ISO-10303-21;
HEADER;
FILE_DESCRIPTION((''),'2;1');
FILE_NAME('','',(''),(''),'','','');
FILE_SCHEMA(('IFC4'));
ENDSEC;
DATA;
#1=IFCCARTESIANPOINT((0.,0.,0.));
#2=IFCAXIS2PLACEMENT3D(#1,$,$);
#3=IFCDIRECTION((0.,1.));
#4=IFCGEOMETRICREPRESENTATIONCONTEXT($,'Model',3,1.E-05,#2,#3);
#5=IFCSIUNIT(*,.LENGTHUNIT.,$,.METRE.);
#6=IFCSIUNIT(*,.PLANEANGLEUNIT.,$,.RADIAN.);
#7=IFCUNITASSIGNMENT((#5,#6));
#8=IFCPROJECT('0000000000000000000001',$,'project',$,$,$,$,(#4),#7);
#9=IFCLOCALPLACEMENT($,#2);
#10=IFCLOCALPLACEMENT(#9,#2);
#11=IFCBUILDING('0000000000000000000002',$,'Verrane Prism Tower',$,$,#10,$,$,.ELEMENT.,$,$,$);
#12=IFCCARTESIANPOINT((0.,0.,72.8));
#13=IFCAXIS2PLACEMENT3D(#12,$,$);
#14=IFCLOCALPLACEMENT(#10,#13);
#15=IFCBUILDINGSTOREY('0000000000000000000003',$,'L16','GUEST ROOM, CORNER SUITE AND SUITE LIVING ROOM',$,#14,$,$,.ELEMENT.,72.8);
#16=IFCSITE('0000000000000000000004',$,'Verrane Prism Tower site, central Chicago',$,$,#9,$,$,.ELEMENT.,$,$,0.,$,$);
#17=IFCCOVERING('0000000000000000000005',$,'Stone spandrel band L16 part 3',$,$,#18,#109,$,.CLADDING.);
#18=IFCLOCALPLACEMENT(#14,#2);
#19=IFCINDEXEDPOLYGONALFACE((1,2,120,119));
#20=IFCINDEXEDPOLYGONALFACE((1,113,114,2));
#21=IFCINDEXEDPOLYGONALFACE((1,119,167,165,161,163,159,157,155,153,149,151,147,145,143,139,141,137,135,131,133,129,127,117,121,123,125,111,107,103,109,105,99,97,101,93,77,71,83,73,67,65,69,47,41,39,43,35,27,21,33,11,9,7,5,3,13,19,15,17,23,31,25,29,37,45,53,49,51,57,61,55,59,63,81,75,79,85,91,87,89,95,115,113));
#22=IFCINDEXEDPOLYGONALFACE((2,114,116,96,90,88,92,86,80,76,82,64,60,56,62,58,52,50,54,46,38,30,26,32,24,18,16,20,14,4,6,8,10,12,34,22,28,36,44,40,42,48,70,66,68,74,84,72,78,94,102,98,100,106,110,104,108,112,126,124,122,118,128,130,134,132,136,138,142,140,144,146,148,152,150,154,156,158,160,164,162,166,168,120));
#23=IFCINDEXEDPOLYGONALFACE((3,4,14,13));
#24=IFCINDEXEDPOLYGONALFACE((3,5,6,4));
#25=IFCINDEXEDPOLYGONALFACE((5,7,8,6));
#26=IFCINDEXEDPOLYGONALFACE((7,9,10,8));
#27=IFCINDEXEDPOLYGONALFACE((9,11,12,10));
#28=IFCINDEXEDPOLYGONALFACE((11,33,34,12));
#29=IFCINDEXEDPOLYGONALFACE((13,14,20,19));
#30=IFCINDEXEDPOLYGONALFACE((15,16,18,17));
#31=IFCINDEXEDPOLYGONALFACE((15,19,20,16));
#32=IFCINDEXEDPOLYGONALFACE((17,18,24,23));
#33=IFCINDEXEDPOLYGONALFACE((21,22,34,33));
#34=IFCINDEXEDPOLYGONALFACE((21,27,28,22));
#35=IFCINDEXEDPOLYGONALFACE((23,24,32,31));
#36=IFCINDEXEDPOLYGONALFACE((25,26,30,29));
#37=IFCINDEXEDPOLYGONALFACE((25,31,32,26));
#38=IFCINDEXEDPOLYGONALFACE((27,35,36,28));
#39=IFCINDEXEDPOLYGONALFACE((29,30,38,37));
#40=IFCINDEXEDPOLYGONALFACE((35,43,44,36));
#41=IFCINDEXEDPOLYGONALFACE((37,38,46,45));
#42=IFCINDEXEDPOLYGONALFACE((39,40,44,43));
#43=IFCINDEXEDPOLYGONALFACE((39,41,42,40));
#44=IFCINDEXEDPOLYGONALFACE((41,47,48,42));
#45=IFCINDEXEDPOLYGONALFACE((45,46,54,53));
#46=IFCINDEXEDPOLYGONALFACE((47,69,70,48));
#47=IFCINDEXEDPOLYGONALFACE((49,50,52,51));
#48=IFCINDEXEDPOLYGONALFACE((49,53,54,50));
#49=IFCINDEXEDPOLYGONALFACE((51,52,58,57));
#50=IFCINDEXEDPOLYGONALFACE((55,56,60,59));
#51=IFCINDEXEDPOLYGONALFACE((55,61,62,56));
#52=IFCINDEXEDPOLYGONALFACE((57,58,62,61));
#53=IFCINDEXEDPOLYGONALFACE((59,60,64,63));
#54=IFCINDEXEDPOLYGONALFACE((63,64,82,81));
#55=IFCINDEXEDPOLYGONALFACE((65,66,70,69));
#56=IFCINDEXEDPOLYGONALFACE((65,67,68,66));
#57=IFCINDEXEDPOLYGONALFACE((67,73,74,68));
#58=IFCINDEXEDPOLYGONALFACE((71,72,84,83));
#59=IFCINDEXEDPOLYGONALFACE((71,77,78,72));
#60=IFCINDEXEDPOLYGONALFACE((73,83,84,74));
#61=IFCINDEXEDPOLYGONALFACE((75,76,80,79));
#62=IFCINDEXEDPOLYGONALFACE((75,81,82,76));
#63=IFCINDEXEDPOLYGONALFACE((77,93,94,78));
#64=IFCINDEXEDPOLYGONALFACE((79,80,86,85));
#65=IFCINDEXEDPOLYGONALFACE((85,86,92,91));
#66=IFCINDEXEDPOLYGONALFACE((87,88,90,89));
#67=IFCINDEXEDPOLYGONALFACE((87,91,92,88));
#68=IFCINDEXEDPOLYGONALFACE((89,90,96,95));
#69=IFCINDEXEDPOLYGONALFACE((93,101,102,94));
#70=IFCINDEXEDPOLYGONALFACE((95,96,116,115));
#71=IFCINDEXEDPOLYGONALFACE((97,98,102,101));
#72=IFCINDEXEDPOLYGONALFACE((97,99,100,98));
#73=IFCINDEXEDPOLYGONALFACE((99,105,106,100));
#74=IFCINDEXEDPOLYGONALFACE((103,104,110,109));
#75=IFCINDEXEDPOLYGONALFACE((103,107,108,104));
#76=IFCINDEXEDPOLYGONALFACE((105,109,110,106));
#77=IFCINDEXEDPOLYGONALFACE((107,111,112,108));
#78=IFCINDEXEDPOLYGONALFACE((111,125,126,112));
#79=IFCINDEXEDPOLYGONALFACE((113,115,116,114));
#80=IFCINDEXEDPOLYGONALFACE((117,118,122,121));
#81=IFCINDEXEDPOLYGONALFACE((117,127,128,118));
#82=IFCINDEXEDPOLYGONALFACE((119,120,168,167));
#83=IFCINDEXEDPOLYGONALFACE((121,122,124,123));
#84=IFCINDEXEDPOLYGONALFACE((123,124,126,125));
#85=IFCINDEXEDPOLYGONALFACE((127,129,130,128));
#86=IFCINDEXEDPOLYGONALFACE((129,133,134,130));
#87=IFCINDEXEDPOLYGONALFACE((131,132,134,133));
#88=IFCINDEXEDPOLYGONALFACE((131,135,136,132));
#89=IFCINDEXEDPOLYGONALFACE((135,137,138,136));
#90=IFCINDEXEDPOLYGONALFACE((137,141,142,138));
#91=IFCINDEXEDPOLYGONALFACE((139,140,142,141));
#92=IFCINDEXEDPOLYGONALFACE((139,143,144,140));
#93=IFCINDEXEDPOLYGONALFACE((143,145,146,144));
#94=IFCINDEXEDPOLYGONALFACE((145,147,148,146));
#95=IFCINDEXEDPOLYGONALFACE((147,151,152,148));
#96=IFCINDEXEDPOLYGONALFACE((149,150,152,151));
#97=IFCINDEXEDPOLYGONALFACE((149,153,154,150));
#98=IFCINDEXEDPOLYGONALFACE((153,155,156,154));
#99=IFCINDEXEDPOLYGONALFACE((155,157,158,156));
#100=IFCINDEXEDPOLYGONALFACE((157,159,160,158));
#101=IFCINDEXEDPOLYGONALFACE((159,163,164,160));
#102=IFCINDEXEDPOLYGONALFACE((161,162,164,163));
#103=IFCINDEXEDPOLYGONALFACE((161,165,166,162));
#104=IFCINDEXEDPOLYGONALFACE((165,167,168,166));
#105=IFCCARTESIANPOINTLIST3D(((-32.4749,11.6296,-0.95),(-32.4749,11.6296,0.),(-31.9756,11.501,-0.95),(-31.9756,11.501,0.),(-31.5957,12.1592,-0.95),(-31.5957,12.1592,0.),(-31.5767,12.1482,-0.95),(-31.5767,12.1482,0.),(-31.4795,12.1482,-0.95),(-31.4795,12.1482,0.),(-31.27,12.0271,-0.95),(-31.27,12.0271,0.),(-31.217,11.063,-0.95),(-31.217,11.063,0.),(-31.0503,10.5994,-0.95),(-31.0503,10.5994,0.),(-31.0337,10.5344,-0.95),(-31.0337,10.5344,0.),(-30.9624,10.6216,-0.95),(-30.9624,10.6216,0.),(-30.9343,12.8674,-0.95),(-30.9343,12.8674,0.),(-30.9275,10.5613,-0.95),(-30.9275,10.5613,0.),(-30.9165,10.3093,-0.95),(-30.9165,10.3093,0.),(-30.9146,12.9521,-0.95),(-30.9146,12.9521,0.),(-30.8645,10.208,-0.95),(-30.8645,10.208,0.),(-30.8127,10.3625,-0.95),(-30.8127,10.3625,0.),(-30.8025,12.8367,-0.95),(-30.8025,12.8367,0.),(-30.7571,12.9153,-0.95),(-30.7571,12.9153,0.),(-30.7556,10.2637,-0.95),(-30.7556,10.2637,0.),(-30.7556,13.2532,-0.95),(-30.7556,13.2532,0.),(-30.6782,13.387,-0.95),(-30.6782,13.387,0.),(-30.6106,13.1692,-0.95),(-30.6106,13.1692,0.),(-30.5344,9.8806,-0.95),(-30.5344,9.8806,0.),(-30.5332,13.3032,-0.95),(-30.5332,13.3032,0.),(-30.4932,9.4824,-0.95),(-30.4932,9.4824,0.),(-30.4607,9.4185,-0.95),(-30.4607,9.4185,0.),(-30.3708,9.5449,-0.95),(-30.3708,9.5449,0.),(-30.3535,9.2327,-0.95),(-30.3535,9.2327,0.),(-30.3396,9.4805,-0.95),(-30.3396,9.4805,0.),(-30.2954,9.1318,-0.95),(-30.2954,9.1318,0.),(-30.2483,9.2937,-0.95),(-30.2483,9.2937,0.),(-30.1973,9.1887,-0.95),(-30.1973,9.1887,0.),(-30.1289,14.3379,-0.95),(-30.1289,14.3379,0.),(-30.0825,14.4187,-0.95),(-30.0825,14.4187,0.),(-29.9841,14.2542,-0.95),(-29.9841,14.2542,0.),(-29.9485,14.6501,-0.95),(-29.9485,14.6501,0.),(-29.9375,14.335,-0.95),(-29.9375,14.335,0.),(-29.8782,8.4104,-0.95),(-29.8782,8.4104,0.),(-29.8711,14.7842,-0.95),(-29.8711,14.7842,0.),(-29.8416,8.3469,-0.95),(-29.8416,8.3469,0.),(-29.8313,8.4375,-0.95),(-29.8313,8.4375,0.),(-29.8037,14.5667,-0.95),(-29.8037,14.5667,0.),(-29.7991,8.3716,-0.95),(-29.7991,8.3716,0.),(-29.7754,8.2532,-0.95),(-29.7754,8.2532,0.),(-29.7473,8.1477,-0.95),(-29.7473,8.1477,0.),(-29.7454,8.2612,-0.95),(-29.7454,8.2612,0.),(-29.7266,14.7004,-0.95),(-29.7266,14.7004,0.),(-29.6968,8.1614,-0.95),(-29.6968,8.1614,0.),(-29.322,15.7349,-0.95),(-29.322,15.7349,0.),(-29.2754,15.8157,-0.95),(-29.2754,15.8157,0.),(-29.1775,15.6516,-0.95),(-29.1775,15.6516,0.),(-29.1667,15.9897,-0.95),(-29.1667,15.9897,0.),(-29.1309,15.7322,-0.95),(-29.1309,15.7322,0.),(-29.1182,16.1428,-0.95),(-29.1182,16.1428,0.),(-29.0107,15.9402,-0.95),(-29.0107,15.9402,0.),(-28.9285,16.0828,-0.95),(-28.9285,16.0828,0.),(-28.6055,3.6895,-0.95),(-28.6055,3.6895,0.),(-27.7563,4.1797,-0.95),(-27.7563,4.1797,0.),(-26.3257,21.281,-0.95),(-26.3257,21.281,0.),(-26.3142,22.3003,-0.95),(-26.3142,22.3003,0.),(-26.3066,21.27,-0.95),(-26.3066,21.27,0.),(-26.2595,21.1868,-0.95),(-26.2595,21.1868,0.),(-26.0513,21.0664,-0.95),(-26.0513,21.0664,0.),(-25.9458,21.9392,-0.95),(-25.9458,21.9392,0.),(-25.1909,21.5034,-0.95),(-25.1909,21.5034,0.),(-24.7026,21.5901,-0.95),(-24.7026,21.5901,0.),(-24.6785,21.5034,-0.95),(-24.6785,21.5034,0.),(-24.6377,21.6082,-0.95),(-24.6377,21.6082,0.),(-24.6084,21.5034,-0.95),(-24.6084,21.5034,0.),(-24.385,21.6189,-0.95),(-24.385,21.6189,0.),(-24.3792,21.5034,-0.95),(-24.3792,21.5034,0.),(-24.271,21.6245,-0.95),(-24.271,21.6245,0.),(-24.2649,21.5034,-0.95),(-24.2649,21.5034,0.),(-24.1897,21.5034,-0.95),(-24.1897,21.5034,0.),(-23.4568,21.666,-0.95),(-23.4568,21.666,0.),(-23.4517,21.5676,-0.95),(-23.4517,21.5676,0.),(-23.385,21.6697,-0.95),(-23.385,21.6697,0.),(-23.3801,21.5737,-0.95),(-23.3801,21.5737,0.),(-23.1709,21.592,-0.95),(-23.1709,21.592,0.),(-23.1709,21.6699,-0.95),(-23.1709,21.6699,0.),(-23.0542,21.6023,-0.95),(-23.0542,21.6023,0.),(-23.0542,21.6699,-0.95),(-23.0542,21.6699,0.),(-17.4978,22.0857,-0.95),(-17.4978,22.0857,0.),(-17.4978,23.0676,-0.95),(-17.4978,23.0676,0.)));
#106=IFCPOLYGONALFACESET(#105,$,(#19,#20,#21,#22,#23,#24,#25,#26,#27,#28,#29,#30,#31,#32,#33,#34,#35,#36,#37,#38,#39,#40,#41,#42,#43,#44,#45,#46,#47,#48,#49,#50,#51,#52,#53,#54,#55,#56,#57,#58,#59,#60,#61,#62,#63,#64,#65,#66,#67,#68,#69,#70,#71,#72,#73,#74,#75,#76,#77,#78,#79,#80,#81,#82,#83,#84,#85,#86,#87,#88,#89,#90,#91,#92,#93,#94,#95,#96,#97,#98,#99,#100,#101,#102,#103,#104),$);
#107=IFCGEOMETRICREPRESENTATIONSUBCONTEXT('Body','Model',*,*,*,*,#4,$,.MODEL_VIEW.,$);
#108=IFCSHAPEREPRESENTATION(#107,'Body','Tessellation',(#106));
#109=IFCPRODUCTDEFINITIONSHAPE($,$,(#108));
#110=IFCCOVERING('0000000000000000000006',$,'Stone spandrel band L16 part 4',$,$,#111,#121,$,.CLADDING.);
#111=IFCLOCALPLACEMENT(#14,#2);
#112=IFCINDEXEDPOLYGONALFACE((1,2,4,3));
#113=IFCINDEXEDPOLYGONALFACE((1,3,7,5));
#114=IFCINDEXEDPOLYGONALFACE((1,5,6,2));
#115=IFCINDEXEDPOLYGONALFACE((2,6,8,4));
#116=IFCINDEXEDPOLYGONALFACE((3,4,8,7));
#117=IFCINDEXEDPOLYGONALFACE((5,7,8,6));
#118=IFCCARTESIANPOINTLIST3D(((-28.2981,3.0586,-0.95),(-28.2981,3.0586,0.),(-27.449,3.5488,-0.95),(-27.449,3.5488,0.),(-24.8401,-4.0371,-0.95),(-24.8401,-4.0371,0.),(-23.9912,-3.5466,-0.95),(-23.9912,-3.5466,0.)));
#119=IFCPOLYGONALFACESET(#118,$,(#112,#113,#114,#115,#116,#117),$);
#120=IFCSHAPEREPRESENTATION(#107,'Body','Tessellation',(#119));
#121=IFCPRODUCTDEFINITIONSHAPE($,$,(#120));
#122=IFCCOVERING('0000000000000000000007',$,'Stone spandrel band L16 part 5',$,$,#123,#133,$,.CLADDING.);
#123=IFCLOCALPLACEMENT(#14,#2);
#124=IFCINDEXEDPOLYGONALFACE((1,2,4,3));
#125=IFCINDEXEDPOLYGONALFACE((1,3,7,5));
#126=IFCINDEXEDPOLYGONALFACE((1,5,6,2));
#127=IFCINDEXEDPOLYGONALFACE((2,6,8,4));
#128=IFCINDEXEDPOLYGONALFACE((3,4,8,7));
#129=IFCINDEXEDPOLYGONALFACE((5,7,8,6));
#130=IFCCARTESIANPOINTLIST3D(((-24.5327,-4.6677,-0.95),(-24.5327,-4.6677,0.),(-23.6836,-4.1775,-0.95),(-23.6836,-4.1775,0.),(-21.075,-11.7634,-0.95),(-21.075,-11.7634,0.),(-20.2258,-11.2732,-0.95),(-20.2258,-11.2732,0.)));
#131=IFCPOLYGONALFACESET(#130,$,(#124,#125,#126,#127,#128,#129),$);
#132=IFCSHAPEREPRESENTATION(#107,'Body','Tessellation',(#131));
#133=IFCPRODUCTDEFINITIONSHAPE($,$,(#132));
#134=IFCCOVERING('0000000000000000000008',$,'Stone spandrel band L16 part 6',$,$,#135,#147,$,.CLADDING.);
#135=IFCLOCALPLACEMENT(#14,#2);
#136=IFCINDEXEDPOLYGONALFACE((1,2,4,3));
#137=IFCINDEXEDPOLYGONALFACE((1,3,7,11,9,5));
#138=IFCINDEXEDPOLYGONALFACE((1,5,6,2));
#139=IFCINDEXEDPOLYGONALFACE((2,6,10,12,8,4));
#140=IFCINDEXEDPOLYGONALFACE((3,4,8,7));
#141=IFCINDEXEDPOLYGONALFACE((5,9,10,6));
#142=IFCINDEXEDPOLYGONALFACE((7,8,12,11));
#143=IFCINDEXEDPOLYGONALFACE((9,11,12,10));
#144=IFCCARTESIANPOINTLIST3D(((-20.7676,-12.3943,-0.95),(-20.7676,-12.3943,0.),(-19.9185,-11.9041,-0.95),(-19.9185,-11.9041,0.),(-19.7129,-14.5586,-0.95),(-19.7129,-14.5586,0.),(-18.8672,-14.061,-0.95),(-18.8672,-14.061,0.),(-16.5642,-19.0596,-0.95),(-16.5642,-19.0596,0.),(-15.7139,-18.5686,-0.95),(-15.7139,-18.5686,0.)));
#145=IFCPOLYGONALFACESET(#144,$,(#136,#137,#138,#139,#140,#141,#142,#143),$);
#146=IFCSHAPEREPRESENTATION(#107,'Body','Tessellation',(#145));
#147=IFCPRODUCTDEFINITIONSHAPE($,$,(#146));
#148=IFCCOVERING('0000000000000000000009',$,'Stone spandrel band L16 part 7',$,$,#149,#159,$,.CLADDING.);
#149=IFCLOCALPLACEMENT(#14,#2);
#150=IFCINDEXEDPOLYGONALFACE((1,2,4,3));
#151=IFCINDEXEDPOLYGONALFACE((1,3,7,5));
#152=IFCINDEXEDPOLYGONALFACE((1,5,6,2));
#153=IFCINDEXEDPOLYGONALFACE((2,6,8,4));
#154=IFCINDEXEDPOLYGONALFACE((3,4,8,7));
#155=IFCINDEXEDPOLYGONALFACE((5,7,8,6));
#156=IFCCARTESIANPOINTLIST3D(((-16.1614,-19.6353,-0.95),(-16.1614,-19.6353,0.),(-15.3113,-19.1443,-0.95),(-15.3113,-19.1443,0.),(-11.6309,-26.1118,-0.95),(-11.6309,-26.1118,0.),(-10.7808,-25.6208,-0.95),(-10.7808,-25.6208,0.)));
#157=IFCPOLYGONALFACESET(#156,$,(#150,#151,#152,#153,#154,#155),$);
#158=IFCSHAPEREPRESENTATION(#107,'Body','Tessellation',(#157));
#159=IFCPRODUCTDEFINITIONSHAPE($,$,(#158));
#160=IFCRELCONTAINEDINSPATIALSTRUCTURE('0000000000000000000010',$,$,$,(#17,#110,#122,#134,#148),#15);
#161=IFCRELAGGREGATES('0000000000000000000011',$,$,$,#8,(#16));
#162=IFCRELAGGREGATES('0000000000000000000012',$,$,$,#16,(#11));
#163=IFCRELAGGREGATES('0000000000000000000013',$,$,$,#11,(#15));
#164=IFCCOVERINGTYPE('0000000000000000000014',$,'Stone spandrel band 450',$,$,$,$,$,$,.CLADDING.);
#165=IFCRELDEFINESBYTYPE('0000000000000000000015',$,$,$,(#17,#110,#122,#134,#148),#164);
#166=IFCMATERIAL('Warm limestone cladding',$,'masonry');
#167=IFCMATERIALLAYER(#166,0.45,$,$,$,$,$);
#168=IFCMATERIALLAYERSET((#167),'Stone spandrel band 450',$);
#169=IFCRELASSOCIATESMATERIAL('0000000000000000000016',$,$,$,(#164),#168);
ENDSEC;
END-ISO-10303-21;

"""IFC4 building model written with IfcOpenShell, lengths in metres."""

from ifc_helpers import new_model, si_unit, direction, frame, origin, place, context, subcontext, project, spatial, polyline, outline, extrude, material, layer, layer_set, type_object, element, save


model = new_model("IFC4")

# Units and contexts
model_context = context("Model", 3, precision=1e-05, world=origin(), true_north=direction((0.0, 1.0)))
body_context = subcontext(model_context, "Body", "Model", "MODEL_VIEW")
ifc_project = project(units=[si_unit("LENGTHUNIT", "METRE"), si_unit("PLANEANGLEUNIT", "RADIAN")], contexts=[model_context])

# Site, building, storey
site_placement = place(None, origin())
site = spatial("IfcSite", under=ifc_project, at=site_placement, Name="Verrane Prism Tower site, central Chicago", CompositionType="ELEMENT", RefElevation=0.0)
building_placement = place(site_placement, origin())
building = spatial("IfcBuilding", under=site, at=building_placement, Name="Verrane Prism Tower", CompositionType="ELEMENT")
storey_placement = place(building_placement, frame((0.0, 0.0, 72.8)))
storey = spatial("IfcBuildingStorey", under=building, at=storey_placement, Name="L16", Description="GUEST ROOM, CORNER SUITE AND SUITE LIVING ROOM", CompositionType="ELEMENT", Elevation=72.8)

# Coverings
ifc_material_1 = material(Name="Warm limestone cladding", Category="masonry")
ifc_layer_1 = layer(ifc_material_1, 0.45)
ifc_layer_set_1 = layer_set([ifc_layer_1], Name="Stone spandrel band 450")
covering_type_1 = type_object("IfcCoveringType", Name="Stone spandrel band 450", PredefinedType="CLADDING", material=ifc_layer_set_1)
covering_1_placement = place(storey_placement, frame((0.0, 0.0, -0.95)))
element("IfcCovering", 1, at=covering_1_placement, inside=storey, type_object=covering_type_1, Name="Stone spandrel band L16 part 3", PredefinedType="CLADDING", context=body_context, shape_type="SweptSolid", body=[
    extrude(outline(polyline([(-32.4749, 11.6296), (-28.6055, 3.6895), (-27.7563, 4.1797), (-29.6968, 8.1614), (-29.7473, 8.1477), (-29.7754, 8.2532), (-29.7454, 8.2612), (-29.7991, 8.3716), (-29.8416, 8.3469), (-29.8782, 8.4104), (-29.8313, 8.4375), (-30.1973, 9.1887), (-30.2954, 9.1318), (-30.3535, 9.2327), (-30.2483, 9.2937), (-30.3396, 9.4805), (-30.4607, 9.4185), (-30.4932, 9.4824), (-30.3708, 9.5449), (-30.5344, 9.8806), (-30.7556, 10.2637), (-30.8645, 10.208), (-30.9165, 10.3093), (-30.8127, 10.3625), (-30.9275, 10.5613), (-31.0337, 10.5344), (-31.0503, 10.5994), (-30.9624, 10.6216), (-31.217, 11.063), (-31.9756, 11.501), (-31.5957, 12.1592), (-31.5767, 12.1482), (-31.4795, 12.1482), (-31.27, 12.0271), (-30.8025, 12.8367), (-30.9343, 12.8674), (-30.9146, 12.9521), (-30.7571, 12.9153), (-30.6106, 13.1692), (-30.7556, 13.2532), (-30.6782, 13.387), (-30.5332, 13.3032), (-29.9841, 14.2542), (-30.1289, 14.3379), (-30.0825, 14.4187), (-29.9375, 14.335), (-29.8037, 14.5667), (-29.9485, 14.6501), (-29.8711, 14.7842), (-29.7266, 14.7004), (-29.1775, 15.6516), (-29.322, 15.7349), (-29.2754, 15.8157), (-29.1309, 15.7322), (-29.0107, 15.9402), (-29.1667, 15.9897), (-29.1182, 16.1428), (-28.9285, 16.0828), (-26.0513, 21.0664), (-26.2595, 21.1868), (-26.3066, 21.27), (-26.3257, 21.281), (-25.9458, 21.9392), (-25.1909, 21.5034), (-24.6785, 21.5034), (-24.7026, 21.5901), (-24.6377, 21.6082), (-24.6084, 21.5034), (-24.3792, 21.5034), (-24.385, 21.6189), (-24.271, 21.6245), (-24.2649, 21.5034), (-24.1897, 21.5034), (-23.4517, 21.5676), (-23.4568, 21.666), (-23.385, 21.6697), (-23.3801, 21.5737), (-23.1709, 21.592), (-23.1709, 21.6699), (-23.0542, 21.6699), (-23.0542, 21.6023), (-17.4978, 22.0857), (-17.4978, 23.0676), (-26.3142, 22.3003), (-32.4749, 11.6296)])), origin(), (0.0, 0.0, 1.0), 0.95),
])
covering_2_placement = place(storey_placement, frame((0.0, 0.0, -0.95)))
element("IfcCovering", 2, at=covering_2_placement, inside=storey, type_object=covering_type_1, Name="Stone spandrel band L16 part 4", PredefinedType="CLADDING", context=body_context, shape_type="SweptSolid", body=[
    extrude(outline(polyline([(-23.9912, -3.5466), (-27.449, 3.5488), (-28.2981, 3.0586), (-24.8401, -4.0371), (-23.9912, -3.5466)])), origin(), (0.0, 0.0, 1.0), 0.95),
])
covering_3_placement = place(storey_placement, frame((0.0, 0.0, -0.95)))
element("IfcCovering", 3, at=covering_3_placement, inside=storey, type_object=covering_type_1, Name="Stone spandrel band L16 part 5", PredefinedType="CLADDING", context=body_context, shape_type="SweptSolid", body=[
    extrude(outline(polyline([(-24.5327, -4.6677), (-21.075, -11.7634), (-20.2258, -11.2732), (-23.6836, -4.1775), (-24.5327, -4.6677)])), origin(), (0.0, 0.0, 1.0), 0.95),
])
covering_4_placement = place(storey_placement, frame((0.0, 0.0, -0.95)))
element("IfcCovering", 4, at=covering_4_placement, inside=storey, type_object=covering_type_1, Name="Stone spandrel band L16 part 6", PredefinedType="CLADDING", context=body_context, shape_type="SweptSolid", body=[
    extrude(outline(polyline([(-19.7129, -14.5586), (-16.5642, -19.0596), (-15.7139, -18.5686), (-18.8672, -14.061), (-19.9185, -11.9041), (-20.7676, -12.3943), (-19.7129, -14.5586)])), origin(), (0.0, 0.0, 1.0), 0.95),
])
covering_5_placement = place(storey_placement, frame((0.0, 0.0, -0.95)))
element("IfcCovering", 5, at=covering_5_placement, inside=storey, type_object=covering_type_1, Name="Stone spandrel band L16 part 7", PredefinedType="CLADDING", context=body_context, shape_type="SweptSolid", body=[
    extrude(outline(polyline([(-10.7808, -25.6208), (-15.3113, -19.1443), (-16.1614, -19.6353), (-11.6309, -26.1118), (-10.7808, -25.6208)])), origin(), (0.0, 0.0, 1.0), 0.95),
])

save(model, "model.ifc")
